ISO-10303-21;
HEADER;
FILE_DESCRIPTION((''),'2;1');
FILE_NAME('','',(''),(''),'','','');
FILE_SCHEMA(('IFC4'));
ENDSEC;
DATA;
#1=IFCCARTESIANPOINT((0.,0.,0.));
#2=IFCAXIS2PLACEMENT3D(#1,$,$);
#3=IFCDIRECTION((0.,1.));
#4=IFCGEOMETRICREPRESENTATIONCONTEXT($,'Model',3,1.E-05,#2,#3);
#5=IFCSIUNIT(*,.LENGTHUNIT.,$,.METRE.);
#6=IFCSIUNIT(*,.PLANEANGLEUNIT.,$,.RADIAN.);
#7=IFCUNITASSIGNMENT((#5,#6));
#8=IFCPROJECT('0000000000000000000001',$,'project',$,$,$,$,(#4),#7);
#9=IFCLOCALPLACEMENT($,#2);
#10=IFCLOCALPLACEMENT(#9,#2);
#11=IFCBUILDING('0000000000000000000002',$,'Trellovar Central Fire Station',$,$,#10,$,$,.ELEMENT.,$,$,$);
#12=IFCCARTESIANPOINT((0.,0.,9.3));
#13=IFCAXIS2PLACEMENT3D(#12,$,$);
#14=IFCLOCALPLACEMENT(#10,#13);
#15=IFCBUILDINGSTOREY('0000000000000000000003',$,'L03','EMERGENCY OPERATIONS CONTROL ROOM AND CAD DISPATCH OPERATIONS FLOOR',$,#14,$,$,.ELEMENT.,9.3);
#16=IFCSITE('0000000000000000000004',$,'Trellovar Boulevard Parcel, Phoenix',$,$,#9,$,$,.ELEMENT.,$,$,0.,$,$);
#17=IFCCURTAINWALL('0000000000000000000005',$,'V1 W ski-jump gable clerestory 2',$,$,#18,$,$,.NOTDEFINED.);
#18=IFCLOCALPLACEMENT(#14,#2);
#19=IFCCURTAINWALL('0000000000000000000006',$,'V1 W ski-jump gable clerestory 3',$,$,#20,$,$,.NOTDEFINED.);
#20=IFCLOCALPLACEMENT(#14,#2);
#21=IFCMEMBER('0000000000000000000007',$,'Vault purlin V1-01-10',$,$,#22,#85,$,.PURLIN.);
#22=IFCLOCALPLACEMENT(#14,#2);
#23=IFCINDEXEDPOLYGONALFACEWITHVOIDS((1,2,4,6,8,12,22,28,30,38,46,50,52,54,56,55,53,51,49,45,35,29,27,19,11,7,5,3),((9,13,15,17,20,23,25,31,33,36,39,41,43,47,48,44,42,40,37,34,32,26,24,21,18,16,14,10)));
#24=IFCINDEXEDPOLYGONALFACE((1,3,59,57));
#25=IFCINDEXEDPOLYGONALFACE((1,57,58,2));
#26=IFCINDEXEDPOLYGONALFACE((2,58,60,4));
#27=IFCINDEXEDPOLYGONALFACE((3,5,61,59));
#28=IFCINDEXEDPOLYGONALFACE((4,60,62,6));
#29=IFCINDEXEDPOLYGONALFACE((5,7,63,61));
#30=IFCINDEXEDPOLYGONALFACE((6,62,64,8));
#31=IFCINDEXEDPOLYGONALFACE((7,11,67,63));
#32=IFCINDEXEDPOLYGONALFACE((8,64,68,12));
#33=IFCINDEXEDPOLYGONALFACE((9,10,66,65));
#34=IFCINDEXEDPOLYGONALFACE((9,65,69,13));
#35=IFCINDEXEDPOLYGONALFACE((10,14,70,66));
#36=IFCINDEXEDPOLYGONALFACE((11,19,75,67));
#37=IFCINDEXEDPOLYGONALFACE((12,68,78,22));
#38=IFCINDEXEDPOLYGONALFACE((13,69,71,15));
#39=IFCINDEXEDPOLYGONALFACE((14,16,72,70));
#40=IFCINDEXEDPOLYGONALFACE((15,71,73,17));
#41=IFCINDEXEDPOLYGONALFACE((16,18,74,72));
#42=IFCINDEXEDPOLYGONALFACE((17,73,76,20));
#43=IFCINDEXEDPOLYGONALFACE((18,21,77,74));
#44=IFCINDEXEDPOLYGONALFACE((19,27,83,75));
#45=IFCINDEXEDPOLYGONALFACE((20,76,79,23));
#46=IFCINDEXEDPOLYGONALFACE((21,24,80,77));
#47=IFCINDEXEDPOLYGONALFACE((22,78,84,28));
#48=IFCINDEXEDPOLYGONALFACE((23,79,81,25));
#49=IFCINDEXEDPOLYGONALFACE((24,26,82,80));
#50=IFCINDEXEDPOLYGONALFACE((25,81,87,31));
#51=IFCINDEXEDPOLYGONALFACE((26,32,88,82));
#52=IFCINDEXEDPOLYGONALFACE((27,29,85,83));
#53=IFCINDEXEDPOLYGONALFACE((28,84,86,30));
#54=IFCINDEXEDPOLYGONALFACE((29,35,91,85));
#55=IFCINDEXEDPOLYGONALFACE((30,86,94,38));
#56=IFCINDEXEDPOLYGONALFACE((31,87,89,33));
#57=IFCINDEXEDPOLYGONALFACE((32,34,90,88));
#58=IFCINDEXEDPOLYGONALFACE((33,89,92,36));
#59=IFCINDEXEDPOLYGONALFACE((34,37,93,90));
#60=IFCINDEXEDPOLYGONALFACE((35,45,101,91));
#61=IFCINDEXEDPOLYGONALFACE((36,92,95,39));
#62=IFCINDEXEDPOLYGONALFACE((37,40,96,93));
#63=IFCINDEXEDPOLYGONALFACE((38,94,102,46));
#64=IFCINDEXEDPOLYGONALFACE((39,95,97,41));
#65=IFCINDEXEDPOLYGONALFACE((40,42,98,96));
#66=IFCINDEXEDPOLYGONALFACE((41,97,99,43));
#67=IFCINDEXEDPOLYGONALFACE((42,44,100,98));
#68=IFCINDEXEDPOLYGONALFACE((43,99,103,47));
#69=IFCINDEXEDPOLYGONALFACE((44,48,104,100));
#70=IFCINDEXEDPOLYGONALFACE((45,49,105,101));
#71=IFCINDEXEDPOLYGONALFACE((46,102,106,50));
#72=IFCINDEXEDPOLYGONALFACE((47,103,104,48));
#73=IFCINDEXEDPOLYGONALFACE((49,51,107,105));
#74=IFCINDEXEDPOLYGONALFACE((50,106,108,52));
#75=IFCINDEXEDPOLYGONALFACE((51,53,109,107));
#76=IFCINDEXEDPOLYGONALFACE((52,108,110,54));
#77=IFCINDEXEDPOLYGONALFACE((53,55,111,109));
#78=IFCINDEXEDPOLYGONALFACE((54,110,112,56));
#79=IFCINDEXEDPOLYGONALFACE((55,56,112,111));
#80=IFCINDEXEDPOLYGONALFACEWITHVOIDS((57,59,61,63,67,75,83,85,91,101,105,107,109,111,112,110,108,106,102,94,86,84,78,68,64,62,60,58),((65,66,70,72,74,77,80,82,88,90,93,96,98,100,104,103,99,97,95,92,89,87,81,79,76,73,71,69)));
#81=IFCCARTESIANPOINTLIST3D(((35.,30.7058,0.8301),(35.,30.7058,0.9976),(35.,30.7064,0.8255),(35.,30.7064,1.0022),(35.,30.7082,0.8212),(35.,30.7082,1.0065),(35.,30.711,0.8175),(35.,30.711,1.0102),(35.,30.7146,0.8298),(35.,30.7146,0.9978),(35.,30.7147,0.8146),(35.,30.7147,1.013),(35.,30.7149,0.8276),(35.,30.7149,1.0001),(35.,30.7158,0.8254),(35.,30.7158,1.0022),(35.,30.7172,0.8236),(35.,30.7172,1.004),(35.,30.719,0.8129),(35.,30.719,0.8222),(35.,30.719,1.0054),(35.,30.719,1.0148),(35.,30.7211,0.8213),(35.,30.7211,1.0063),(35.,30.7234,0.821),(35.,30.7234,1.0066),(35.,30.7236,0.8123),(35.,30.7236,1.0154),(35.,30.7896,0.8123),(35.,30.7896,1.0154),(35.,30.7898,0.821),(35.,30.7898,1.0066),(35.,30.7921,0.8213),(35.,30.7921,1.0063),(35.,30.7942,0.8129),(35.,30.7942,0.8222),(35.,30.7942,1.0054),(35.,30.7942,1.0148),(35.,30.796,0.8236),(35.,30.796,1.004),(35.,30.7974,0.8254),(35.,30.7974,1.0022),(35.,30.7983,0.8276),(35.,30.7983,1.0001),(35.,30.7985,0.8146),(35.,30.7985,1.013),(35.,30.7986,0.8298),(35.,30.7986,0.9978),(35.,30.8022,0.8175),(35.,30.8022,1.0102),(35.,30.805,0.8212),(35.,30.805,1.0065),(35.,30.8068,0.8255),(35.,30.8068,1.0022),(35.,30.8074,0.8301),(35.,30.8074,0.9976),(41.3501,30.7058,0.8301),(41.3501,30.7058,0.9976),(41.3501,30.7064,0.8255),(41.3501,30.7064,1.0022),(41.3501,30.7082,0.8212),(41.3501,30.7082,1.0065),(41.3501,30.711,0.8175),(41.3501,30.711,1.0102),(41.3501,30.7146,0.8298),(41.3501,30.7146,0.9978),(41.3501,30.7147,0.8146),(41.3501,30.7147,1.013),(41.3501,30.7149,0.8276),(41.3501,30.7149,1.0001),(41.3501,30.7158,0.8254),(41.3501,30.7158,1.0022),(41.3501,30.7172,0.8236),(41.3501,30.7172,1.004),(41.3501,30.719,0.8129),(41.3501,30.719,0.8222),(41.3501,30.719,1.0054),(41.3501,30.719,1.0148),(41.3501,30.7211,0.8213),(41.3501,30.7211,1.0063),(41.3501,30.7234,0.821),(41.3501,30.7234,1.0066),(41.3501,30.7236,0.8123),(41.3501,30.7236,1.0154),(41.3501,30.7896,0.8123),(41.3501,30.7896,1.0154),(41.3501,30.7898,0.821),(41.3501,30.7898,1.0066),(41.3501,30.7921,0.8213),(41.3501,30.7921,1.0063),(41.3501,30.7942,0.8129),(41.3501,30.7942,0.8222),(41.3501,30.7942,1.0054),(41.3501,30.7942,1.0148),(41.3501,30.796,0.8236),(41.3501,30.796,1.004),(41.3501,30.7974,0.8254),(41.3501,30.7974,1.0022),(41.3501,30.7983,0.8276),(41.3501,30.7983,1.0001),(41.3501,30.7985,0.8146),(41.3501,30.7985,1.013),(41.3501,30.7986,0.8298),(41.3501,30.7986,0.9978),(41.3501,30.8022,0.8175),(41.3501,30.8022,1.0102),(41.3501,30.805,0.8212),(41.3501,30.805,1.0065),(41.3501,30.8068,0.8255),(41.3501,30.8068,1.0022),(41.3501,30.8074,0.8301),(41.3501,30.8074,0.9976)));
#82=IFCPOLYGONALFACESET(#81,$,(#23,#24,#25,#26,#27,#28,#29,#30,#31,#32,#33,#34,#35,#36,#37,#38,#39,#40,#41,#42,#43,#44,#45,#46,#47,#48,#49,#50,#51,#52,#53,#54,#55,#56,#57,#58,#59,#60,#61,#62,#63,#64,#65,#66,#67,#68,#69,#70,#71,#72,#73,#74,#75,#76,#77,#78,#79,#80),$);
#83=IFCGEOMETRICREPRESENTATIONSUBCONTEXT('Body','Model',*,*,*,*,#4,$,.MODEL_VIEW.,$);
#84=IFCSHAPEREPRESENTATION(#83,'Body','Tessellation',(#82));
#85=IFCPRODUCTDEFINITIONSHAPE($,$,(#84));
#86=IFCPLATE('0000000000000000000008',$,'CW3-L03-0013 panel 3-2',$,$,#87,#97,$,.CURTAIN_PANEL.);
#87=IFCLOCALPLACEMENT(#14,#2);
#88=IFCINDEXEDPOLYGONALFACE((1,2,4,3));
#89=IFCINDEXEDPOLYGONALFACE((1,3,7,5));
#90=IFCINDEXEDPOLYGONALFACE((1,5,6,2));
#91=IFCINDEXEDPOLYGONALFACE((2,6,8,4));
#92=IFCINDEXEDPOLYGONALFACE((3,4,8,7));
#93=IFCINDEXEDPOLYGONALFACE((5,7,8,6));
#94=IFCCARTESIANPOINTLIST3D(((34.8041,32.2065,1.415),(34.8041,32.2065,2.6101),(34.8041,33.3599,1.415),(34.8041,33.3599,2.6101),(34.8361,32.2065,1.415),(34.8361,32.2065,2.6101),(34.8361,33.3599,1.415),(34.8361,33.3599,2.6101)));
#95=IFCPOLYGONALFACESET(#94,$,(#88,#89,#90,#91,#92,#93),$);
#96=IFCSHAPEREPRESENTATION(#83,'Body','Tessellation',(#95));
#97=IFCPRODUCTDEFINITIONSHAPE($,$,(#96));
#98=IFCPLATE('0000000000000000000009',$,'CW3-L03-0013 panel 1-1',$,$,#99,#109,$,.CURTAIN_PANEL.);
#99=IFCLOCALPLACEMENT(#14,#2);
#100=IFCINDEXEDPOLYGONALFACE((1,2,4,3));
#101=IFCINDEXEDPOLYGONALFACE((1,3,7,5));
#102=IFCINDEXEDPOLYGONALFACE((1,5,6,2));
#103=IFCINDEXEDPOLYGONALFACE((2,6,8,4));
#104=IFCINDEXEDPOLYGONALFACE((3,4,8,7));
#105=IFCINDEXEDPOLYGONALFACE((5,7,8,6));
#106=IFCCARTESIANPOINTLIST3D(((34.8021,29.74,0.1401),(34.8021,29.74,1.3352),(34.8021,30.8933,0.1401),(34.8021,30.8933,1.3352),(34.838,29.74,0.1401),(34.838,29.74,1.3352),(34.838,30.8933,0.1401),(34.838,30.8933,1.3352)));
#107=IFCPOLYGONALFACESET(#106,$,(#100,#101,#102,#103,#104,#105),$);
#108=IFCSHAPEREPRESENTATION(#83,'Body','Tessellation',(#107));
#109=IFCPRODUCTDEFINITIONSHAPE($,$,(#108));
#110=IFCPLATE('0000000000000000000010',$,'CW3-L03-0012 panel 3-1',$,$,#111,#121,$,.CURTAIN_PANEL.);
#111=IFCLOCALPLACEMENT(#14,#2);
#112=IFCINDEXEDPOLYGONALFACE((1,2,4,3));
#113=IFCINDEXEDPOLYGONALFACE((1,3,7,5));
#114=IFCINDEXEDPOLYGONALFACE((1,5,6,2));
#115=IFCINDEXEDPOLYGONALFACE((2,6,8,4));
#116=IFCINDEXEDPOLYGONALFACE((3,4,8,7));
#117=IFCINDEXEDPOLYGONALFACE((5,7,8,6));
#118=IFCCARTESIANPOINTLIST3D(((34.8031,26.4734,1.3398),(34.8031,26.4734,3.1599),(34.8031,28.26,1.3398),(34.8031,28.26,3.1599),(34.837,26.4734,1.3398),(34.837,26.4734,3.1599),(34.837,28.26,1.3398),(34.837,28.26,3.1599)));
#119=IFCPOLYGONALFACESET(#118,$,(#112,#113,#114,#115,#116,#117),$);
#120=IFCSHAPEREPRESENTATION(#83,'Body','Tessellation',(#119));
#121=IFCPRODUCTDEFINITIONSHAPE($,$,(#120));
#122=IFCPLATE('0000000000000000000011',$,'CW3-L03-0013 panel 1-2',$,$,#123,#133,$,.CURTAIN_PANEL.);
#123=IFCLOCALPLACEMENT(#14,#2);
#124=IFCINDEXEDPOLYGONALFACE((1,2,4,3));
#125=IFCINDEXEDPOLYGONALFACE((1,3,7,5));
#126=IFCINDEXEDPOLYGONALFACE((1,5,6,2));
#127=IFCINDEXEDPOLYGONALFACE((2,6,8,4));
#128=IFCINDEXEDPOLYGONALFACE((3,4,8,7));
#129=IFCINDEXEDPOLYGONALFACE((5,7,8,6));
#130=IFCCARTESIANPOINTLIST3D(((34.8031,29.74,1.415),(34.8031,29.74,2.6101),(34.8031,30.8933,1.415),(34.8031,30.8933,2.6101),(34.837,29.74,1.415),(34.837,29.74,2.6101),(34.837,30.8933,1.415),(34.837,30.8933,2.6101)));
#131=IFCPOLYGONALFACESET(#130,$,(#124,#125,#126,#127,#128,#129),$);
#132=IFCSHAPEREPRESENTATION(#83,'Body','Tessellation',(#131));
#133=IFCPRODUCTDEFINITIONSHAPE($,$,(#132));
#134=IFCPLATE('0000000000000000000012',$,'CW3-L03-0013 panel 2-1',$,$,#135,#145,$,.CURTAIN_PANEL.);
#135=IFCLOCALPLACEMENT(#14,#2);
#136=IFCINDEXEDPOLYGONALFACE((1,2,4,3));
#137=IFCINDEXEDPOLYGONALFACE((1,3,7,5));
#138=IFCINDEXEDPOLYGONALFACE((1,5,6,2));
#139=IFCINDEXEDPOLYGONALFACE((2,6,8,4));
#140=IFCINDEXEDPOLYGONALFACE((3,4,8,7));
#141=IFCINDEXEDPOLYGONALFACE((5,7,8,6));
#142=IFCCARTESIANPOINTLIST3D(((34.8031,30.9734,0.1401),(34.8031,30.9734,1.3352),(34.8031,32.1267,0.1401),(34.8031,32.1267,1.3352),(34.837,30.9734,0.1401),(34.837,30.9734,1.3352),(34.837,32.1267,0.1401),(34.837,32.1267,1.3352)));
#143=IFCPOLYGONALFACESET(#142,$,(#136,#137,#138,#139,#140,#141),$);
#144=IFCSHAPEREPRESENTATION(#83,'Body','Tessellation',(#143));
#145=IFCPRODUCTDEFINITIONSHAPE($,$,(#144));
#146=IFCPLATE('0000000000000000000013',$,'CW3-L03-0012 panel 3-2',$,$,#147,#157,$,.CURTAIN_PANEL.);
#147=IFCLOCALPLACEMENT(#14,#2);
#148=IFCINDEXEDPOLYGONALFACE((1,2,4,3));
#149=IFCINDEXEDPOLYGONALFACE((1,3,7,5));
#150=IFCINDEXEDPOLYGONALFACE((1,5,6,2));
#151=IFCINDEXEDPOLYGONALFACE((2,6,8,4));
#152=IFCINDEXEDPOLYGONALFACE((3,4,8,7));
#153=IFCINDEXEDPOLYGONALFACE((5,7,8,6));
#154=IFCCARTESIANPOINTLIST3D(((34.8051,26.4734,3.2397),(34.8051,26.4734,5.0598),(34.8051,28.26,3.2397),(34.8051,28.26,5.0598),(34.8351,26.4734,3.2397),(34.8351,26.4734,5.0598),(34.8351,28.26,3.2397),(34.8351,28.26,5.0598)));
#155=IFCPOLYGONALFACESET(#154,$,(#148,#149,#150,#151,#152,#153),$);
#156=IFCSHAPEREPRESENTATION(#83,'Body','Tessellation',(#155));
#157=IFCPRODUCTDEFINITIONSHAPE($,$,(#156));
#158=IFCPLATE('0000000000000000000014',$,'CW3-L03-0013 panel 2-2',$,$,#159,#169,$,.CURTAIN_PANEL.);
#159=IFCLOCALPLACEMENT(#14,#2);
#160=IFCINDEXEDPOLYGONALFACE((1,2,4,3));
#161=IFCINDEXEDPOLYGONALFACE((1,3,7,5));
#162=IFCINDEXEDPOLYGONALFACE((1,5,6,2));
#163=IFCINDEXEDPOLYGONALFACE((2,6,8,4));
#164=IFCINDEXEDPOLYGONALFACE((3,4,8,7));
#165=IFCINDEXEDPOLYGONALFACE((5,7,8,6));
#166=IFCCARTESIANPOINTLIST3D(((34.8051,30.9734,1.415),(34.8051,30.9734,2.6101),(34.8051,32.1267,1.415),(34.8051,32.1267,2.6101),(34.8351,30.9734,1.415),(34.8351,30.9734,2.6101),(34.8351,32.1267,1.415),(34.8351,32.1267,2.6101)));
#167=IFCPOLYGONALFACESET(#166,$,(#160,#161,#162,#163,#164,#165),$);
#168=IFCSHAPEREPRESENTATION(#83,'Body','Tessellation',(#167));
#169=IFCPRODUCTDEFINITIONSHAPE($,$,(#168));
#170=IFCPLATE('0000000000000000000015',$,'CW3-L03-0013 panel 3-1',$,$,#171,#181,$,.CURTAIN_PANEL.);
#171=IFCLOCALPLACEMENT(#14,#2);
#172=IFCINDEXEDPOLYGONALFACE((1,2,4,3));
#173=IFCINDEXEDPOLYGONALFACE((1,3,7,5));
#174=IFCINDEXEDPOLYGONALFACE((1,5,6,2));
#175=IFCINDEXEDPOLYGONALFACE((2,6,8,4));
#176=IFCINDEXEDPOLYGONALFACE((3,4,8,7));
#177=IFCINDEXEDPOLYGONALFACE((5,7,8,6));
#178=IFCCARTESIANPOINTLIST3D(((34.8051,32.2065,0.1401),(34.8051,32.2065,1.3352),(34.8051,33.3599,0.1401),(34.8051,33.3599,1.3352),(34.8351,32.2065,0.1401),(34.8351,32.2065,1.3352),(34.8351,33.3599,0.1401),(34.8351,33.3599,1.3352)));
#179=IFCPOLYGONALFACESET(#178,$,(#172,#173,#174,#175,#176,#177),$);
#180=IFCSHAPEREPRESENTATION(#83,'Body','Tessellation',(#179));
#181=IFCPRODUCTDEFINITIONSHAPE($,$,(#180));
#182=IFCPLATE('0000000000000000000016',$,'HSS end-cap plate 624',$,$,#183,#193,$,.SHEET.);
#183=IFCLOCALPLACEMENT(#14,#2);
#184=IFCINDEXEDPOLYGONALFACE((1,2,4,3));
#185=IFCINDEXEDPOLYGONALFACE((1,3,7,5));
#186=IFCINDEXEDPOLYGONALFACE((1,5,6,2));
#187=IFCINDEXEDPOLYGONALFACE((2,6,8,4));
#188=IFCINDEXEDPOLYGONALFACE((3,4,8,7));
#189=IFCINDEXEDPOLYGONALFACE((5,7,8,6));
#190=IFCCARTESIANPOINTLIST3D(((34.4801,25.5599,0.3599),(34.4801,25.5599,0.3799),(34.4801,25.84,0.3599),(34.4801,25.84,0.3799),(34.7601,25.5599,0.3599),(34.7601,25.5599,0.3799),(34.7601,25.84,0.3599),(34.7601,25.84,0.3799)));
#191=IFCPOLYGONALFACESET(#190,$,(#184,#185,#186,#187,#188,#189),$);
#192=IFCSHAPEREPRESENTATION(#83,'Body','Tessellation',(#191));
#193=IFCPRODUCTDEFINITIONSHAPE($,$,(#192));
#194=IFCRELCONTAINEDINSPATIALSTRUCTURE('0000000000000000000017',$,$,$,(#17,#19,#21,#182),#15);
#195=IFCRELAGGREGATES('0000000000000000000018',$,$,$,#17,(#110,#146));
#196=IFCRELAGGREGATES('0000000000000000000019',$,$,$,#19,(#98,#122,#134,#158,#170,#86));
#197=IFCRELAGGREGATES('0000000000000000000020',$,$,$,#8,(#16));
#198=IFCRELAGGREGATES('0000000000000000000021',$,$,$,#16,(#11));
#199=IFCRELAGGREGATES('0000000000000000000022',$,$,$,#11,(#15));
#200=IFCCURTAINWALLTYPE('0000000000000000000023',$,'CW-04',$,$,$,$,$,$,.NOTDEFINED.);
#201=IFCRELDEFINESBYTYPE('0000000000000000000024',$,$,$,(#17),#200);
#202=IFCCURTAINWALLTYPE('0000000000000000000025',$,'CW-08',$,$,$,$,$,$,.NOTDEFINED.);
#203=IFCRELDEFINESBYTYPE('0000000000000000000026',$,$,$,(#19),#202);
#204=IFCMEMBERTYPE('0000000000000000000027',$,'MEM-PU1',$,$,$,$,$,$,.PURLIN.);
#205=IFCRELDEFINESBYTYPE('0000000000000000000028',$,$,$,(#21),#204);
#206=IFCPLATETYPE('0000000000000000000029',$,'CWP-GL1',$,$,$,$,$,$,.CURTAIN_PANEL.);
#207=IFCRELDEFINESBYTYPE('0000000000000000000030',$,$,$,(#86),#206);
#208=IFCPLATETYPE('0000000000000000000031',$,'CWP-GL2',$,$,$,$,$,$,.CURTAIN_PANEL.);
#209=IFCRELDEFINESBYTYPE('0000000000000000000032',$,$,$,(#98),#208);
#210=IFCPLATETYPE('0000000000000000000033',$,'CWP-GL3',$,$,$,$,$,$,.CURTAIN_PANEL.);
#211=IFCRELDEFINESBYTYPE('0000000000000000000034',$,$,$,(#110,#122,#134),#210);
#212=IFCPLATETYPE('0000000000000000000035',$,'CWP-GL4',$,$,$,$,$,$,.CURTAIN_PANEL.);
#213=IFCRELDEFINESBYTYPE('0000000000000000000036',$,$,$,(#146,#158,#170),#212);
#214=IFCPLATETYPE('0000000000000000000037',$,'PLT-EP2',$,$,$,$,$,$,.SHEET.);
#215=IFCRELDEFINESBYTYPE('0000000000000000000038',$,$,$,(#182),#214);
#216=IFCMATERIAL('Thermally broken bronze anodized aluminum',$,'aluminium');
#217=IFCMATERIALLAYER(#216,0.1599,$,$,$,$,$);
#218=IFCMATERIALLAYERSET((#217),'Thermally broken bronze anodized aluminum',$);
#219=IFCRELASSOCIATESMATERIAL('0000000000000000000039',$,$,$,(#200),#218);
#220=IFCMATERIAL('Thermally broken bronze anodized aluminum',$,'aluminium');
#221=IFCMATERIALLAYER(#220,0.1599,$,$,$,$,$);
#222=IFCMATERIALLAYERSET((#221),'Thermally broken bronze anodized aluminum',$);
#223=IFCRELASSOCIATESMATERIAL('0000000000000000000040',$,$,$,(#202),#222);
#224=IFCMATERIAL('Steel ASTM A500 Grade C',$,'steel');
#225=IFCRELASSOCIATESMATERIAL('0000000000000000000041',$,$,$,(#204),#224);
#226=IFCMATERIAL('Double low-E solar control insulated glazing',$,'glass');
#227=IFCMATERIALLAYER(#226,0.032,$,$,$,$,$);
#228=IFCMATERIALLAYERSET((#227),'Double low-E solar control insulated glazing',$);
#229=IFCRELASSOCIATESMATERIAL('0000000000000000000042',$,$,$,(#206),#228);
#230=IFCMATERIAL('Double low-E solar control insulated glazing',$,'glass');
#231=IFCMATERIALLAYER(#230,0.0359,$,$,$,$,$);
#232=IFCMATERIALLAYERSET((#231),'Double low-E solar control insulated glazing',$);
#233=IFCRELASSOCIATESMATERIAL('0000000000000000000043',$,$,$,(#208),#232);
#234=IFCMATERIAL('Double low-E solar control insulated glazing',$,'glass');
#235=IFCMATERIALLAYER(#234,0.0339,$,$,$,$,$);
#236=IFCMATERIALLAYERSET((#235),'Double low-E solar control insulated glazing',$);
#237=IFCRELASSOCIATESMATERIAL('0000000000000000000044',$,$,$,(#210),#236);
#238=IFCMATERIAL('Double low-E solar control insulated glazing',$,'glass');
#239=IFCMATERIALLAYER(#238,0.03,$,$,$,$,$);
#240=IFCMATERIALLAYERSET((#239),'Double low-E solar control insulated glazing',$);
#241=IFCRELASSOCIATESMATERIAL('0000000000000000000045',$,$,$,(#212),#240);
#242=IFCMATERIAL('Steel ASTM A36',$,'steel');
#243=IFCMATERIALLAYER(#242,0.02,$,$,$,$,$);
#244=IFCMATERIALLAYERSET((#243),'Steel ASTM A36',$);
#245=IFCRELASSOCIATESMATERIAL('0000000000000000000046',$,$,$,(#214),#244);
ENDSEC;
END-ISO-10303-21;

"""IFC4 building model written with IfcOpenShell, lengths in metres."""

from ifc_helpers import new_model, si_unit, direction, frame, origin, origin_2d, place, context, subcontext, project, spatial, rectangle, hollow_rectangle, extrude, material, layer, layer_set, material_profile, profile_set, type_object, element, aggregate, save


model = new_model("IFC4")

# Units and contexts
model_context = context("Model", 3, precision=1e-05, world=origin(), true_north=direction((0.0, 1.0)))
body_context = subcontext(model_context, "Body", "Model", "MODEL_VIEW")
ifc_project = project(units=[si_unit("LENGTHUNIT", "METRE"), si_unit("PLANEANGLEUNIT", "RADIAN")], contexts=[model_context])

# Site, building, storey
site_placement = place(None, origin())
site = spatial("IfcSite", under=ifc_project, at=site_placement, Name="Trellovar Boulevard Parcel, Phoenix", CompositionType="ELEMENT", RefElevation=0.0)
building_placement = place(site_placement, origin())
building = spatial("IfcBuilding", under=site, at=building_placement, Name="Trellovar Central Fire Station", CompositionType="ELEMENT")
storey_placement = place(building_placement, frame((0.0, 0.0, 9.3)))
storey = spatial("IfcBuildingStorey", under=building, at=storey_placement, Name="L03", Description="EMERGENCY OPERATIONS CONTROL ROOM AND CAD DISPATCH OPERATIONS FLOOR", CompositionType="ELEMENT", Elevation=9.3)

# Curtain walls
ifc_material_1 = material(Name="Thermally broken bronze anodized aluminum", Category="aluminium")
ifc_layer_1 = layer(ifc_material_1, 0.1599)
ifc_layer_set_1 = layer_set([ifc_layer_1], Name="Thermally broken bronze anodized aluminum")
curtain_wall_type_1 = type_object("IfcCurtainWallType", Name="CW-04", PredefinedType="NOTDEFINED", material=ifc_layer_set_1)
curtain_wall_1_placement = place(storey_placement, origin())
curtain_wall_1 = element("IfcCurtainWall", 1, at=curtain_wall_1_placement, inside=storey, type_object=curtain_wall_type_1, Name="V1 W ski-jump gable clerestory 2", PredefinedType="NOTDEFINED")
ifc_material_2 = material(Name="Thermally broken bronze anodized aluminum", Category="aluminium")
ifc_layer_2 = layer(ifc_material_2, 0.1599)
ifc_layer_set_2 = layer_set([ifc_layer_2], Name="Thermally broken bronze anodized aluminum")
curtain_wall_type_2 = type_object("IfcCurtainWallType", Name="CW-08", PredefinedType="NOTDEFINED", material=ifc_layer_set_2)
curtain_wall_2_placement = place(storey_placement, origin())
curtain_wall_2 = element("IfcCurtainWall", 2, at=curtain_wall_2_placement, inside=storey, type_object=curtain_wall_type_2, Name="V1 W ski-jump gable clerestory 3", PredefinedType="NOTDEFINED")

# Member
ifc_material_3 = material(Name="Steel ASTM A500 Grade C", Category="steel")
ifc_material_profile_1 = material_profile(ifc_material_3, hollow_rectangle(XDim=0.1016, YDim=0.2031, WallThickness=0.0088, InnerFilletRadius=0.0088, OuterFilletRadius=0.0178, at=origin_2d()), Name="HSS8X4X3/8")
ifc_profile_set_1 = profile_set([ifc_material_profile_1], Name="Steel ASTM A500 Grade C")
member_type_1 = type_object("IfcMemberType", Name="MEM-PU1", PredefinedType="PURLIN", material=ifc_profile_set_1)
member_1_placement = place(storey_placement, frame((35.0, 30.7566, 0.9138), z_axis=(1.0, 0.0, 0.0), x_axis=(0.0, 1.0, 0.0)))
element("IfcMember", 3, at=member_1_placement, inside=storey, type_object=member_type_1, Name="Vault purlin V1-01-10", PredefinedType="PURLIN", context=body_context, shape_type="SweptSolid", body=[
    extrude(hollow_rectangle(XDim=0.1016, YDim=0.2031, WallThickness=0.0088, InnerFilletRadius=0.0088, OuterFilletRadius=0.0178, at=origin_2d()), origin(), (0.0, 0.0, 1.0), 6.3501),
])

# Plates
ifc_material_4 = material(Name="Double low-E solar control insulated glazing", Category="glass")
ifc_layer_3 = layer(ifc_material_4, 0.032)
ifc_layer_set_3 = layer_set([ifc_layer_3], Name="Double low-E solar control insulated glazing")
plate_type_1 = type_object("IfcPlateType", Name="CWP-GL1", PredefinedType="CURTAIN_PANEL", material=ifc_layer_set_3)
plate_1_placement = place(storey_placement, frame((34.8201, 32.7832, 1.415), z_axis=(0.0, 0.0, 1.0), x_axis=(0.0, 1.0, 0.0)))
plate_1 = element("IfcPlate", 4, at=plate_1_placement, type_object=plate_type_1, Name="CW3-L03-0013 panel 3-2", PredefinedType="CURTAIN_PANEL", context=body_context, shape_type="SweptSolid", body=[
    extrude(rectangle(XDim=1.1533, YDim=0.032, at=origin_2d()), origin(), (0.0, 0.0, 1.0), 1.1951),
])
ifc_material_5 = material(Name="Double low-E solar control insulated glazing", Category="glass")
ifc_layer_4 = layer(ifc_material_5, 0.0359)
ifc_layer_set_4 = layer_set([ifc_layer_4], Name="Double low-E solar control insulated glazing")
plate_type_2 = type_object("IfcPlateType", Name="CWP-GL2", PredefinedType="CURTAIN_PANEL", material=ifc_layer_set_4)
plate_2_placement = place(storey_placement, frame((34.8201, 30.3167, 0.1401), z_axis=(0.0, 0.0, 1.0), x_axis=(0.0, 1.0, 0.0)))
plate_2 = element("IfcPlate", 5, at=plate_2_placement, type_object=plate_type_2, Name="CW3-L03-0013 panel 1-1", PredefinedType="CURTAIN_PANEL", context=body_context, shape_type="SweptSolid", body=[
    extrude(rectangle(XDim=1.1533, YDim=0.0359, at=origin_2d()), origin(), (0.0, 0.0, 1.0), 1.1951),
])
ifc_material_6 = material(Name="Double low-E solar control insulated glazing", Category="glass")
ifc_layer_5 = layer(ifc_material_6, 0.0339)
ifc_layer_set_5 = layer_set([ifc_layer_5], Name="Double low-E solar control insulated glazing")
plate_type_3 = type_object("IfcPlateType", Name="CWP-GL3", PredefinedType="CURTAIN_PANEL", material=ifc_layer_set_5)
plate_3_placement = place(storey_placement, frame((34.8201, 27.3667, 1.3398), z_axis=(0.0, 0.0, 1.0), x_axis=(0.0, 1.0, 0.0)))
plate_3 = element("IfcPlate", 6, at=plate_3_placement, type_object=plate_type_3, Name="CW3-L03-0012 panel 3-1", PredefinedType="CURTAIN_PANEL", context=body_context, shape_type="SweptSolid", body=[
    extrude(rectangle(XDim=1.7866, YDim=0.0339, at=origin_2d()), origin(), (0.0, 0.0, 1.0), 1.8201),
])
plate_4_placement = place(storey_placement, frame((34.8201, 30.3167, 1.415), z_axis=(0.0, 0.0, 1.0), x_axis=(0.0, 1.0, 0.0)))
plate_4 = element("IfcPlate", 7, at=plate_4_placement, type_object=plate_type_3, Name="CW3-L03-0013 panel 1-2", PredefinedType="CURTAIN_PANEL", context=body_context, shape_type="SweptSolid", body=[
    extrude(rectangle(XDim=1.1533, YDim=0.0339, at=origin_2d()), origin(), (0.0, 0.0, 1.0), 1.1951),
])
plate_5_placement = place(storey_placement, frame((34.8201, 31.55, 0.1401), z_axis=(0.0, 0.0, 1.0), x_axis=(0.0, 1.0, 0.0)))
plate_5 = element("IfcPlate", 8, at=plate_5_placement, type_object=plate_type_3, Name="CW3-L03-0013 panel 2-1", PredefinedType="CURTAIN_PANEL", context=body_context, shape_type="SweptSolid", body=[
    extrude(rectangle(XDim=1.1533, YDim=0.0339, at=origin_2d()), origin(), (0.0, 0.0, 1.0), 1.1951),
])
ifc_material_7 = material(Name="Double low-E solar control insulated glazing", Category="glass")
ifc_layer_6 = layer(ifc_material_7, 0.03)
ifc_layer_set_6 = layer_set([ifc_layer_6], Name="Double low-E solar control insulated glazing")
plate_type_4 = type_object("IfcPlateType", Name="CWP-GL4", PredefinedType="CURTAIN_PANEL", material=ifc_layer_set_6)
plate_6_placement = place(storey_placement, frame((34.8201, 27.3667, 3.2397), z_axis=(0.0, 0.0, 1.0), x_axis=(0.0, 1.0, 0.0)))
plate_6 = element("IfcPlate", 9, at=plate_6_placement, type_object=plate_type_4, Name="CW3-L03-0012 panel 3-2", PredefinedType="CURTAIN_PANEL", context=body_context, shape_type="SweptSolid", body=[
    extrude(rectangle(XDim=1.7866, YDim=0.03, at=origin_2d()), origin(), (0.0, 0.0, 1.0), 1.8201),
])
aggregate(curtain_wall_1, [plate_3, plate_6])
plate_7_placement = place(storey_placement, frame((34.8201, 31.55, 1.415), z_axis=(0.0, 0.0, 1.0), x_axis=(0.0, 1.0, 0.0)))
plate_7 = element("IfcPlate", 10, at=plate_7_placement, type_object=plate_type_4, Name="CW3-L03-0013 panel 2-2", PredefinedType="CURTAIN_PANEL", context=body_context, shape_type="SweptSolid", body=[
    extrude(rectangle(XDim=1.1533, YDim=0.03, at=origin_2d()), origin(), (0.0, 0.0, 1.0), 1.1951),
])
plate_8_placement = place(storey_placement, frame((34.8201, 32.7832, 0.1401), z_axis=(0.0, 0.0, 1.0), x_axis=(0.0, 1.0, 0.0)))
plate_8 = element("IfcPlate", 11, at=plate_8_placement, type_object=plate_type_4, Name="CW3-L03-0013 panel 3-1", PredefinedType="CURTAIN_PANEL", context=body_context, shape_type="SweptSolid", body=[
    extrude(rectangle(XDim=1.1533, YDim=0.03, at=origin_2d()), origin(), (0.0, 0.0, 1.0), 1.1951),
])
aggregate(curtain_wall_2, [plate_2, plate_4, plate_5, plate_7, plate_8, plate_1])

# Plate
ifc_material_8 = material(Name="Steel ASTM A36", Category="steel")
ifc_layer_7 = layer(ifc_material_8, 0.02)
ifc_layer_set_7 = layer_set([ifc_layer_7], Name="Steel ASTM A36")
plate_type_5 = type_object("IfcPlateType", Name="PLT-EP2", PredefinedType="SHEET", material=ifc_layer_set_7)
plate_9_placement = place(storey_placement, frame((34.6201, 25.7, 0.3599), z_axis=(0.0, 0.0, 1.0), x_axis=(1.0, 0.0, 0.0)))
element("IfcPlate", 12, at=plate_9_placement, inside=storey, type_object=plate_type_5, Name="HSS end-cap plate 624", PredefinedType="SHEET", context=body_context, shape_type="SweptSolid", body=[
    extrude(rectangle(XDim=0.28, YDim=0.28, at=origin_2d()), origin(), (0.0, 0.0, 1.0), 0.02),
])

save(model, "model.ifc")
